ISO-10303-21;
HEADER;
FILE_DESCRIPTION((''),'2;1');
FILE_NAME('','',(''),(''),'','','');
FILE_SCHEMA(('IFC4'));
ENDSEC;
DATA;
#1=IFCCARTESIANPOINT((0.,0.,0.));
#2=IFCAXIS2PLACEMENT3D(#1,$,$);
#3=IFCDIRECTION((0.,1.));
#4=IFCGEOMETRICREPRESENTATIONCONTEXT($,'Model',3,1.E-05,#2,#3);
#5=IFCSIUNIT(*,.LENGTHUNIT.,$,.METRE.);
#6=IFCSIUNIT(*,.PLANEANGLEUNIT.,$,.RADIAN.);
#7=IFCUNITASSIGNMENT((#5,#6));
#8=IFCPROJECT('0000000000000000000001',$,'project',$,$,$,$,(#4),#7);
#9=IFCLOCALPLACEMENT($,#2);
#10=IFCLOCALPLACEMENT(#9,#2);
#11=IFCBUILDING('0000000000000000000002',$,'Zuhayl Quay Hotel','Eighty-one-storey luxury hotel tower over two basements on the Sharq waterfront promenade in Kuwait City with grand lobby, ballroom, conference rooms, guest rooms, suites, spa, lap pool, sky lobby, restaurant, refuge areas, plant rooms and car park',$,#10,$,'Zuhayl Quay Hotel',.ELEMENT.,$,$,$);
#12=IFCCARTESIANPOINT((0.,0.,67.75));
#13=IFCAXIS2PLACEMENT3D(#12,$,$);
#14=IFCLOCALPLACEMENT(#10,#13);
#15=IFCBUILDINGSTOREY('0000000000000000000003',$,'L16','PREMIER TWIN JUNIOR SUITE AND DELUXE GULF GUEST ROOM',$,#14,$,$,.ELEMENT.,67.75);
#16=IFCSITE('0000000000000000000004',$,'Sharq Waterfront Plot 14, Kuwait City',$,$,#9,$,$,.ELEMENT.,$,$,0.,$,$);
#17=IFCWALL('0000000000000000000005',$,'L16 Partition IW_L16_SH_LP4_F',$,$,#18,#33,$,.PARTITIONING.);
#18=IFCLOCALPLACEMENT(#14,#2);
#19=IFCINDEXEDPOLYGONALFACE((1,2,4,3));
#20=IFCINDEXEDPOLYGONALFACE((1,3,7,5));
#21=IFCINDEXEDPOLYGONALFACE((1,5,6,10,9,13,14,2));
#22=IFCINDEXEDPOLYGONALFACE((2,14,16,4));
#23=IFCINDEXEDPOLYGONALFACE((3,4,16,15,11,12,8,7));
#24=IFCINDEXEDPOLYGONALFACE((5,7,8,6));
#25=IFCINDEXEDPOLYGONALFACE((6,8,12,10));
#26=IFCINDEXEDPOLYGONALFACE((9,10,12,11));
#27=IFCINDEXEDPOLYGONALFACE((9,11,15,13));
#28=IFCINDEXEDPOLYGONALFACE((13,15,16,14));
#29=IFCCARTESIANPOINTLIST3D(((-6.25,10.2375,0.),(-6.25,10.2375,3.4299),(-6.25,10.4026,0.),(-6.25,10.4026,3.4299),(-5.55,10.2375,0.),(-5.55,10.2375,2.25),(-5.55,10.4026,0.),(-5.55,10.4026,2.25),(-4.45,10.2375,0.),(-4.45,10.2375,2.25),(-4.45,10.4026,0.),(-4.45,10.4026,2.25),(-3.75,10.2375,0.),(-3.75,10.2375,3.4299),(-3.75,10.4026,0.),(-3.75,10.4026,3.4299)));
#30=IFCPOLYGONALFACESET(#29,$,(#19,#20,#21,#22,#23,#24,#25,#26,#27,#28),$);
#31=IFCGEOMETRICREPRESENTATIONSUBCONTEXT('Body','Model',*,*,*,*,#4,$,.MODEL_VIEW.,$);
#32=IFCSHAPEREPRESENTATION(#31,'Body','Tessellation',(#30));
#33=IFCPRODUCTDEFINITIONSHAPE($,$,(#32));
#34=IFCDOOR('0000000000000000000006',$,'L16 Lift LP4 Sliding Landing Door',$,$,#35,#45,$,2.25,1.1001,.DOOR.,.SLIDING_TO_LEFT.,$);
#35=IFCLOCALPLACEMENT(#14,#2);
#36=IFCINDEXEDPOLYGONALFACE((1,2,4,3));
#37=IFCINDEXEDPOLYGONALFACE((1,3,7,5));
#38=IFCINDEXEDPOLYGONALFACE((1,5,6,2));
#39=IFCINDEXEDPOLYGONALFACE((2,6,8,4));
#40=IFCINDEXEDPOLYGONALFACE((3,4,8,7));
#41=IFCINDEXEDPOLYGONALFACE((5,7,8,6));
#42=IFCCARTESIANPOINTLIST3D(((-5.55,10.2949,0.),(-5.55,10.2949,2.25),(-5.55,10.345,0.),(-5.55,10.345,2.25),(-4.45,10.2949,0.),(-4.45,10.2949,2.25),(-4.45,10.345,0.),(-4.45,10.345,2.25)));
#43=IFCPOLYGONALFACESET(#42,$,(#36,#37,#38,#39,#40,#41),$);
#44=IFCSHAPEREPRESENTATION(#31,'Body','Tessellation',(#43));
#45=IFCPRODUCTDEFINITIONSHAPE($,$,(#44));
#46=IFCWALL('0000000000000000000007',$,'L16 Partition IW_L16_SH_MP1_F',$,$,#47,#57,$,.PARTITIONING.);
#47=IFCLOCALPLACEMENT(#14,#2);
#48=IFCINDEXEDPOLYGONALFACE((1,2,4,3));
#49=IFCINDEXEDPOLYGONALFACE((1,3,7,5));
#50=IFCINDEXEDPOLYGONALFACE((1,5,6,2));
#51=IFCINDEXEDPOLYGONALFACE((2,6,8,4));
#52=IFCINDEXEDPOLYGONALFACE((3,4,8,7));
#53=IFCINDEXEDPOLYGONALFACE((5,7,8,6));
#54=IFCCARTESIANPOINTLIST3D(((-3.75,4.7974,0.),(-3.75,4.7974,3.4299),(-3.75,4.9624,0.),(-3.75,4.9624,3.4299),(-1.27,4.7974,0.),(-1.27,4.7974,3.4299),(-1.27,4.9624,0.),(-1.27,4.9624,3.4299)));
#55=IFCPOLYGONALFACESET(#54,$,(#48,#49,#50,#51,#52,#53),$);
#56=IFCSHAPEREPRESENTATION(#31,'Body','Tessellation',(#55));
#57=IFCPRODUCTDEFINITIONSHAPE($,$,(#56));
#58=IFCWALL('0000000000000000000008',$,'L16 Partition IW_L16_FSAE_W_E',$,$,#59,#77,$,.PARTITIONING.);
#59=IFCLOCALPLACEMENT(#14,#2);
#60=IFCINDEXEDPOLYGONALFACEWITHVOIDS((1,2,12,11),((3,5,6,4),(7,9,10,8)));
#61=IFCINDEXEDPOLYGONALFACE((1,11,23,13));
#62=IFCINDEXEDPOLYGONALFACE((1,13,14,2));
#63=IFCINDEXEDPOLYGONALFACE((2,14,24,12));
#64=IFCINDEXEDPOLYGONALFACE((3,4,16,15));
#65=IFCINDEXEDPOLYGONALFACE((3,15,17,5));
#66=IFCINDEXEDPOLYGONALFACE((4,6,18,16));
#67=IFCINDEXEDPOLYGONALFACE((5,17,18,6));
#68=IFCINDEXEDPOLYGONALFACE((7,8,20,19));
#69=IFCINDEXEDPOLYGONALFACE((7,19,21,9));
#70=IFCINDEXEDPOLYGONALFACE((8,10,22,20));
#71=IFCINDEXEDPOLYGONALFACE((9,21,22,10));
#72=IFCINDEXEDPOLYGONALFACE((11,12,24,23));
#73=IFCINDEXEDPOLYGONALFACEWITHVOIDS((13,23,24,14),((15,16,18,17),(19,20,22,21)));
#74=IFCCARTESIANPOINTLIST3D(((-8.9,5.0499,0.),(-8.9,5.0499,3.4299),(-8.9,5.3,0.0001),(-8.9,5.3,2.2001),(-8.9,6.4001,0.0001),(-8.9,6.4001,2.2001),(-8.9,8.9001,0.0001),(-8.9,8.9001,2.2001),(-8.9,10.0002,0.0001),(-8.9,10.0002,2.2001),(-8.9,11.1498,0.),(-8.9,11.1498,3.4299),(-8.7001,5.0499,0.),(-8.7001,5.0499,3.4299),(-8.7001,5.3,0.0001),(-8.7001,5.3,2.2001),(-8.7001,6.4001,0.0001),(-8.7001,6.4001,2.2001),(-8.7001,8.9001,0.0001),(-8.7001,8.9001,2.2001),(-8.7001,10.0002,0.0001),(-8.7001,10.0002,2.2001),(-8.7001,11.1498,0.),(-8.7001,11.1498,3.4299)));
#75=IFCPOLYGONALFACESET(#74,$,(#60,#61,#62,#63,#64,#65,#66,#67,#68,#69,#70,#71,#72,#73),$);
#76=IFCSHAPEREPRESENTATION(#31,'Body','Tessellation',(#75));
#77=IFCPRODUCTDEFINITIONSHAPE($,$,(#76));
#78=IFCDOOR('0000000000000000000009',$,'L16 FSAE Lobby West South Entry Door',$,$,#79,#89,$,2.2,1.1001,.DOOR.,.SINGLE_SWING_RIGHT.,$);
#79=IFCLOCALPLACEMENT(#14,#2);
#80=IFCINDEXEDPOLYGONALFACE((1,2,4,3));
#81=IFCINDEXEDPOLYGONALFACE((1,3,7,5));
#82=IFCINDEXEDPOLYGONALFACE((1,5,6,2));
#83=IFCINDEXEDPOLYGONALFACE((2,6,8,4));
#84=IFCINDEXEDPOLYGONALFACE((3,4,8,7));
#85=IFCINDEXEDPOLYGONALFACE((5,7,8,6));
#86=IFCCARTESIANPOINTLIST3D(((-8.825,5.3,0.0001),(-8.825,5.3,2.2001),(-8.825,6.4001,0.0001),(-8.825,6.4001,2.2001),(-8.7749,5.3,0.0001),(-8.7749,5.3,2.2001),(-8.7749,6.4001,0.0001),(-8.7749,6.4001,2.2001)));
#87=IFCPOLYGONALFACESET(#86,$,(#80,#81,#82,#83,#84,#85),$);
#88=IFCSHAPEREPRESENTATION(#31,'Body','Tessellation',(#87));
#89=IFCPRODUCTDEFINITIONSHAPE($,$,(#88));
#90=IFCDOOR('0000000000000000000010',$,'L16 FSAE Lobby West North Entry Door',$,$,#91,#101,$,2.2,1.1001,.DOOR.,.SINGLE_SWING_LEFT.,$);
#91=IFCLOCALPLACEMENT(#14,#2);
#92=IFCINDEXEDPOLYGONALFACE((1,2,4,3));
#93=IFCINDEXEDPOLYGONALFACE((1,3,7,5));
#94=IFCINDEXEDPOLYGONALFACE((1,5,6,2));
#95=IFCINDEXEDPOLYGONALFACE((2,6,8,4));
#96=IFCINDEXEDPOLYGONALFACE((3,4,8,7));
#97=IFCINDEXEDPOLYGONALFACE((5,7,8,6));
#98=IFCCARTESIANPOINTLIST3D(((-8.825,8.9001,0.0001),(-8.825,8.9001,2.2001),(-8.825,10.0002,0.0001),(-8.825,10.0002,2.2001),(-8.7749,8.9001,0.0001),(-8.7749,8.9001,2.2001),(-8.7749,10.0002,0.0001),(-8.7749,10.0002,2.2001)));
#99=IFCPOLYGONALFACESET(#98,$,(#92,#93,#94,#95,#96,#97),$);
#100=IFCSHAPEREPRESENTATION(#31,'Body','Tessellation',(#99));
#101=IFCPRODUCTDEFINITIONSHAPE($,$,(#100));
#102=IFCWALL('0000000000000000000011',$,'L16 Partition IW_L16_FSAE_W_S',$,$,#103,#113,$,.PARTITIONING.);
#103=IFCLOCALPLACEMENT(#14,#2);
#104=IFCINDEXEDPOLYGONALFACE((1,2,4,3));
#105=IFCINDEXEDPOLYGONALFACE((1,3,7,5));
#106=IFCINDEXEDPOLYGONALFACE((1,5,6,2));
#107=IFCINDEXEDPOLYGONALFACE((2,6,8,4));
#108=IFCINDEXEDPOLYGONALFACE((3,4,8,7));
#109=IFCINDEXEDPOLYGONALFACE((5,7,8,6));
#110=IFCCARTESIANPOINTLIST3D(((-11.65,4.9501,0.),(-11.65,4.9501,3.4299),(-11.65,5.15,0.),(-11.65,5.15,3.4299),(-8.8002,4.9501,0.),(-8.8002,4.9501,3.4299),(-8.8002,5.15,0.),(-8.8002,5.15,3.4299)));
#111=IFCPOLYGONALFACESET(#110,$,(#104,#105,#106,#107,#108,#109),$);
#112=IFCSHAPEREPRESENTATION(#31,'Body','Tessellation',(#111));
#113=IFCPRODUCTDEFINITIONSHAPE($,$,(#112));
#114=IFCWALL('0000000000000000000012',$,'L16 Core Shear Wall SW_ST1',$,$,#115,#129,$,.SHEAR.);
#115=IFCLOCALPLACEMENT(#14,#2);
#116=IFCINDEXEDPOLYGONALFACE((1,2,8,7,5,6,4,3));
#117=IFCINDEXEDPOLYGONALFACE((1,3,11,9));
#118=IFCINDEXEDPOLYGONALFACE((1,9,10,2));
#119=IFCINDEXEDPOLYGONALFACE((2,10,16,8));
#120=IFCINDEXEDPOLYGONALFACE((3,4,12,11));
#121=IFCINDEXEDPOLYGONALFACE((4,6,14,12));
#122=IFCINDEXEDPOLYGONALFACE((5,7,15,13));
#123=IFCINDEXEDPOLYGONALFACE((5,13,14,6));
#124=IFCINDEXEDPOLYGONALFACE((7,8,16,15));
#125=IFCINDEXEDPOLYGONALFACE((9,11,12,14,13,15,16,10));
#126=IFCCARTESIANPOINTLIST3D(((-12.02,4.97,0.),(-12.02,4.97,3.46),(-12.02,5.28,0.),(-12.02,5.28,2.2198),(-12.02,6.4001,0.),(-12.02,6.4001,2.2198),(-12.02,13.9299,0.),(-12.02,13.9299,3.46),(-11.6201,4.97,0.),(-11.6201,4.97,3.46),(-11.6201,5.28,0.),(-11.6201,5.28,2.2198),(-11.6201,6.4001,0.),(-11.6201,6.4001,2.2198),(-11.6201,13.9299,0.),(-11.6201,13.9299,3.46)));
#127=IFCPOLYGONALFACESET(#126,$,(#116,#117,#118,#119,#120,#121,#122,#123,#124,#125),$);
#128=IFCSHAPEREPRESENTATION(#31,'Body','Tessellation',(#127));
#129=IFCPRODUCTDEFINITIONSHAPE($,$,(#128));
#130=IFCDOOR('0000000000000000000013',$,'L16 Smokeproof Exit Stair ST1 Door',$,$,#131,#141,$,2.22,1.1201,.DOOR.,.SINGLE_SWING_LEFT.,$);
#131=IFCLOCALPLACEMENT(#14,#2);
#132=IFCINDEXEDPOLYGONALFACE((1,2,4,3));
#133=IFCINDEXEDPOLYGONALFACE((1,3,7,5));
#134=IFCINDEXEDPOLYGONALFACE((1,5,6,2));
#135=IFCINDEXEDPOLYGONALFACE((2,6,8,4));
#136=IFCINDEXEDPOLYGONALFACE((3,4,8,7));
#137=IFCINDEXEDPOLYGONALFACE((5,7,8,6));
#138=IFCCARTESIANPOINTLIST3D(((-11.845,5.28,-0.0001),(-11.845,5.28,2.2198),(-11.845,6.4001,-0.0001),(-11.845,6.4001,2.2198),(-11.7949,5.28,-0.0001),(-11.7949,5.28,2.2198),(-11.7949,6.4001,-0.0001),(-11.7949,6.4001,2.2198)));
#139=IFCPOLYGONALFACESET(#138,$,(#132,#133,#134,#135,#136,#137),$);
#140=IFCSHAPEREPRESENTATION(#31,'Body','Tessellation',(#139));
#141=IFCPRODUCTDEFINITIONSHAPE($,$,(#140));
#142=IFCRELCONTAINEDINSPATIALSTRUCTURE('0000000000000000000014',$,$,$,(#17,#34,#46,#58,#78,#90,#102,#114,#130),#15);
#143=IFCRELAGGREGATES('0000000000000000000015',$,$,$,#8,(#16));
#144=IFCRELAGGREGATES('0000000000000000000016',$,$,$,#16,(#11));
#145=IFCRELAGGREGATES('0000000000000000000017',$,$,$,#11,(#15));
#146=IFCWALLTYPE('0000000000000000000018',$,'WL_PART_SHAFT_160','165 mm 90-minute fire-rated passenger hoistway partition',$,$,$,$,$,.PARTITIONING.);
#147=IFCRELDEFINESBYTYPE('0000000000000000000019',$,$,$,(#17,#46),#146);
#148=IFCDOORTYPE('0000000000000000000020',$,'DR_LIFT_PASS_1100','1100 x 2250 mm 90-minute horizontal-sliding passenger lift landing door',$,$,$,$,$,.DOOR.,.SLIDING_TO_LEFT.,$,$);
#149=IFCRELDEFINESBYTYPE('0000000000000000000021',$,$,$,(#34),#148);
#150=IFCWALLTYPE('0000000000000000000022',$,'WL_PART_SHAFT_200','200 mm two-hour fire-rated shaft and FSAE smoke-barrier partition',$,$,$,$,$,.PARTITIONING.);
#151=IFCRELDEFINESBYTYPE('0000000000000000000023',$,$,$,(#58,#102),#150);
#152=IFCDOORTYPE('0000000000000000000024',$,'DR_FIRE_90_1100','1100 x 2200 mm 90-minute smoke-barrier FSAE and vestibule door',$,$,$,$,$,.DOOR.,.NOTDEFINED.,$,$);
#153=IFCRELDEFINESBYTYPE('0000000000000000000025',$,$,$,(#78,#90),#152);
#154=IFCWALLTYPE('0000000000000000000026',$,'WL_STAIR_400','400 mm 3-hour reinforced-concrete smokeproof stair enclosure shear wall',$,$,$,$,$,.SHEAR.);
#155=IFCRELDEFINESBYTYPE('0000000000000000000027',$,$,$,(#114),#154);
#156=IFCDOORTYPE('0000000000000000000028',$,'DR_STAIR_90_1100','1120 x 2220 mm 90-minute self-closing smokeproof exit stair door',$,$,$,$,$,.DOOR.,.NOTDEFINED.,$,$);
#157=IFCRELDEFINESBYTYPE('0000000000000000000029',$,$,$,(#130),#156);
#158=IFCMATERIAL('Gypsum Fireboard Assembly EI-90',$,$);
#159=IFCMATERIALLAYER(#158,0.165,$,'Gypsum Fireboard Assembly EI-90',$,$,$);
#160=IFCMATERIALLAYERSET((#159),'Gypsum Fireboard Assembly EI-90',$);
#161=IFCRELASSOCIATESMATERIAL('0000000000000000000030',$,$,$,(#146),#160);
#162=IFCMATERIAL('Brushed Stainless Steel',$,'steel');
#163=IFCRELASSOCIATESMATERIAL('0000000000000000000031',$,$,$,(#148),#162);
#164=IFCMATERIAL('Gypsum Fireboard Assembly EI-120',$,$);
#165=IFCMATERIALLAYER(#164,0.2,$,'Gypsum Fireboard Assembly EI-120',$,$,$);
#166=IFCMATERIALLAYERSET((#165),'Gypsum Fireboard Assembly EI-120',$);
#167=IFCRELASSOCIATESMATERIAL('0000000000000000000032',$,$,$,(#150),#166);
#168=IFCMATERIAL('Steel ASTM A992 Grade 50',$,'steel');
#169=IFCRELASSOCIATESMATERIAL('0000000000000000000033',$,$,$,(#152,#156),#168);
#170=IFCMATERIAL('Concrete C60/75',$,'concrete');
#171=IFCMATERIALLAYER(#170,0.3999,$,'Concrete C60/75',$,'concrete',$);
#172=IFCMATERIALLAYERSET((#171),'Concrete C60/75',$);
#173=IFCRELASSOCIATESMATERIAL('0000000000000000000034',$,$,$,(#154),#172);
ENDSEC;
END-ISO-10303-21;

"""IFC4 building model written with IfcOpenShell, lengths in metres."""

from ifc_helpers import new_model, si_unit, direction, frame, frame_2d, origin, place, context, subcontext, project, spatial, rectangle, extrude, material, layer, layer_set, type_object, element, fill, save


model = new_model("IFC4")

# Units and contexts
model_context = context("Model", 3, precision=1e-05, world=origin(), true_north=direction((0.0, 1.0)))
body_context = subcontext(model_context, "Body", "Model", "MODEL_VIEW")
ifc_project = project(units=[si_unit("LENGTHUNIT", "METRE"), si_unit("PLANEANGLEUNIT", "RADIAN")], contexts=[model_context])

# Site, building, storey
site_placement = place(None, origin())
site = spatial("IfcSite", under=ifc_project, at=site_placement, Name="Sharq Waterfront Plot 14, Kuwait City", CompositionType="ELEMENT", RefElevation=0.0)
building_placement = place(site_placement, origin())
building = spatial("IfcBuilding", under=site, at=building_placement, Name="Zuhayl Quay Hotel", Description="Eighty-one-storey luxury hotel tower over two basements on the Sharq waterfront promenade in Kuwait City with grand lobby, ballroom, conference rooms, guest rooms, suites, spa, lap pool, sky lobby, restaurant, refuge areas, plant rooms and car park", LongName="Zuhayl Quay Hotel", CompositionType="ELEMENT")
storey_placement = place(building_placement, frame((0.0, 0.0, 67.75)))
storey = spatial("IfcBuildingStorey", under=building, at=storey_placement, Name="L16", Description="PREMIER TWIN JUNIOR SUITE AND DELUXE GULF GUEST ROOM", CompositionType="ELEMENT", Elevation=67.75)

# Shared definitions
ifc_material_1 = material(Name="Steel ASTM A992 Grade 50", Category="steel")

# Wall, opening, door
ifc_material_2 = material(Name="Gypsum Fireboard Assembly EI-90")
ifc_layer_1 = layer(ifc_material_2, 0.165, Name="Gypsum Fireboard Assembly EI-90")
ifc_layer_set_1 = layer_set([ifc_layer_1], Name="Gypsum Fireboard Assembly EI-90")
wall_type_1 = type_object("IfcWallType", Name="WL_PART_SHAFT_160", Description="165 mm 90-minute fire-rated passenger hoistway partition", PredefinedType="PARTITIONING", material=ifc_layer_set_1)
ifc_material_3 = material(Name="Brushed Stainless Steel", Category="steel")
door_type_1 = type_object("IfcDoorType", Name="DR_LIFT_PASS_1100", Description="1100 x 2250 mm 90-minute horizontal-sliding passenger lift landing door", OperationType="SLIDING_TO_LEFT", PredefinedType="DOOR", material=ifc_material_3)
wall_1_placement = place(storey_placement, frame((-6.25, 10.3201, 0.0), z_axis=(0.0, 0.0, 1.0), x_axis=(1.0, 0.0, 0.0)))
wall_1 = element("IfcWall", 1, at=wall_1_placement, inside=storey, type_object=wall_type_1, Name="L16 Partition IW_L16_SH_LP4_F", PredefinedType="PARTITIONING", context=body_context, shape_type="SweptSolid", body=[
    extrude(rectangle(XDim=2.5, YDim=0.165, at=frame_2d((1.25, 0.0))), origin(), (0.0, 0.0, 1.0), 3.4299),
])
opening_1_placement = place(wall_1_placement, frame((0.7, 0.0, 0.0)))
opening_1 = element("IfcOpeningElement", 2, at=opening_1_placement, cuts=wall_1, PredefinedType="OPENING", context=body_context, shape_type="SweptSolid", body=[
    extrude(rectangle(XDim=1.1001, YDim=2.25, at=frame_2d((0.55, 1.125))), frame((0.0, 0.0925, 0.0), z_axis=(0.0, -1.0, 0.0), x_axis=(1.0, 0.0, 0.0)), (0.0, 0.0, 1.0), 0.1851),
])
door_1_placement = place(opening_1_placement, origin())
door_1 = element("IfcDoor", 3, at=door_1_placement, inside=storey, type_object=door_type_1, Name="L16 Lift LP4 Sliding Landing Door", OperationType="SLIDING_TO_LEFT", OverallHeight=2.25, OverallWidth=1.1001, PredefinedType="DOOR", context=body_context, shape_type="SweptSolid", body=[
    extrude(rectangle(XDim=1.1001, YDim=2.25, at=frame_2d((0.55, 1.125))), frame((0.0, 0.0249, 0.0), z_axis=(0.0, -1.0, 0.0), x_axis=(1.0, 0.0, 0.0)), (0.0, 0.0, 1.0), 0.05),
])
fill(opening_1, door_1)

# Wall
wall_2_placement = place(storey_placement, frame((-3.75, 4.8799, 0.0), z_axis=(0.0, 0.0, 1.0), x_axis=(1.0, 0.0, 0.0)))
element("IfcWall", 4, at=wall_2_placement, inside=storey, type_object=wall_type_1, Name="L16 Partition IW_L16_SH_MP1_F", PredefinedType="PARTITIONING", context=body_context, shape_type="SweptSolid", body=[
    extrude(rectangle(XDim=2.48, YDim=0.165, at=frame_2d((1.24, 0.0))), origin(), (0.0, 0.0, 1.0), 3.4299),
])

# Wall, openings, doors
ifc_material_4 = material(Name="Gypsum Fireboard Assembly EI-120")
ifc_layer_2 = layer(ifc_material_4, 0.2, Name="Gypsum Fireboard Assembly EI-120")
ifc_layer_set_2 = layer_set([ifc_layer_2], Name="Gypsum Fireboard Assembly EI-120")
wall_type_2 = type_object("IfcWallType", Name="WL_PART_SHAFT_200", Description="200 mm two-hour fire-rated shaft and FSAE smoke-barrier partition", PredefinedType="PARTITIONING", material=ifc_layer_set_2)
wall_3_placement = place(storey_placement, frame((-8.8, 5.05, 0.0), z_axis=(0.0, 0.0, 1.0), x_axis=(0.0, 1.0, 0.0)))
wall_3 = element("IfcWall", 5, at=wall_3_placement, inside=storey, type_object=wall_type_2, Name="L16 Partition IW_L16_FSAE_W_E", PredefinedType="PARTITIONING", context=body_context, shape_type="SweptSolid", body=[
    extrude(rectangle(XDim=6.0999, YDim=0.2, at=frame_2d((3.0498, 0.0))), origin(), (0.0, 0.0, 1.0), 3.4299),
])
opening_2_placement = place(wall_3_placement, frame((0.25, 0.0, 0.0)))
opening_2 = element("IfcOpeningElement", 6, at=opening_2_placement, cuts=wall_3, PredefinedType="OPENING", context=body_context, shape_type="SweptSolid", body=[
    extrude(rectangle(XDim=1.1001, YDim=2.2, at=frame_2d((0.55, 1.1001))), frame((0.0, 0.1099, 0.0), z_axis=(0.0, -1.0, 0.0), x_axis=(1.0, 0.0, 0.0)), (0.0, 0.0, 1.0), 0.22),
])
opening_3_placement = place(wall_3_placement, frame((3.8501, 0.0, 0.0)))
opening_3 = element("IfcOpeningElement", 7, at=opening_3_placement, cuts=wall_3, PredefinedType="OPENING", context=body_context, shape_type="SweptSolid", body=[
    extrude(rectangle(XDim=1.1001, YDim=2.2, at=frame_2d((0.55, 1.1001))), frame((0.0, 0.1099, 0.0), z_axis=(0.0, -1.0, 0.0), x_axis=(1.0, 0.0, 0.0)), (0.0, 0.0, 1.0), 0.22),
])
door_type_2 = type_object("IfcDoorType", Name="DR_FIRE_90_1100", Description="1100 x 2200 mm 90-minute smoke-barrier FSAE and vestibule door", OperationType="NOTDEFINED", PredefinedType="DOOR", material=ifc_material_1)
door_2_placement = place(opening_2_placement, origin())
door_2 = element("IfcDoor", 8, at=door_2_placement, inside=storey, type_object=door_type_2, Name="L16 FSAE Lobby West South Entry Door", OperationType="SINGLE_SWING_RIGHT", OverallHeight=2.2, OverallWidth=1.1001, PredefinedType="DOOR", context=body_context, shape_type="SweptSolid", body=[
    extrude(rectangle(XDim=1.1001, YDim=2.2, at=frame_2d((0.55, 1.1001))), frame((0.0, 0.0249, 0.0), z_axis=(0.0, -1.0, 0.0), x_axis=(1.0, 0.0, 0.0)), (0.0, 0.0, 1.0), 0.05),
])
fill(opening_2, door_2)
door_3_placement = place(opening_3_placement, origin())
door_3 = element("IfcDoor", 9, at=door_3_placement, inside=storey, type_object=door_type_2, Name="L16 FSAE Lobby West North Entry Door", OperationType="SINGLE_SWING_LEFT", OverallHeight=2.2, OverallWidth=1.1001, PredefinedType="DOOR", context=body_context, shape_type="SweptSolid", body=[
    extrude(rectangle(XDim=1.1001, YDim=2.2, at=frame_2d((0.55, 1.1001))), frame((0.0, 0.0249, 0.0), z_axis=(0.0, -1.0, 0.0), x_axis=(1.0, 0.0, 0.0)), (0.0, 0.0, 1.0), 0.05),
])
fill(opening_3, door_3)

# Wall
wall_4_placement = place(storey_placement, frame((-11.6499, 5.05, 0.0), z_axis=(0.0, 0.0, 1.0), x_axis=(1.0, 0.0, 0.0)))
element("IfcWall", 10, at=wall_4_placement, inside=storey, type_object=wall_type_2, Name="L16 Partition IW_L16_FSAE_W_S", PredefinedType="PARTITIONING", context=body_context, shape_type="SweptSolid", body=[
    extrude(rectangle(XDim=2.8499, YDim=0.2, at=frame_2d((1.4248, 0.0))), origin(), (0.0, 0.0, 1.0), 3.4299),
])

# Wall, opening, door
ifc_material_5 = material(Name="Concrete C60/75", Category="concrete")
ifc_layer_3 = layer(ifc_material_5, 0.3999, Name="Concrete C60/75", Category="concrete")
ifc_layer_set_3 = layer_set([ifc_layer_3], Name="Concrete C60/75")
wall_type_3 = type_object("IfcWallType", Name="WL_STAIR_400", Description="400 mm 3-hour reinforced-concrete smokeproof stair enclosure shear wall", PredefinedType="SHEAR", material=ifc_layer_set_3)
wall_5_placement = place(storey_placement, frame((-11.8201, 4.97, 0.0), z_axis=(0.0, 0.0, 1.0), x_axis=(0.0, 1.0, 0.0)))
wall_5 = element("IfcWall", 11, at=wall_5_placement, inside=storey, type_object=wall_type_3, Name="L16 Core Shear Wall SW_ST1", PredefinedType="SHEAR", context=body_context, shape_type="SweptSolid", body=[
    extrude(rectangle(XDim=8.96, YDim=0.3999, at=frame_2d((4.48, 0.0))), origin(), (0.0, 0.0, 1.0), 3.46),
])
opening_4_placement = place(wall_5_placement, frame((0.3101, 0.0, 0.0)))
opening_4 = element("IfcOpeningElement", 12, at=opening_4_placement, cuts=wall_5, PredefinedType="OPENING", context=body_context, shape_type="SweptSolid", body=[
    extrude(rectangle(XDim=1.1201, YDim=2.22, at=frame_2d((0.5601, 1.1099))), frame((0.0, 0.21, 0.0), z_axis=(0.0, -1.0, 0.0), x_axis=(1.0, 0.0, 0.0)), (0.0, 0.0, 1.0), 0.4199),
])
door_type_3 = type_object("IfcDoorType", Name="DR_STAIR_90_1100", Description="1120 x 2220 mm 90-minute self-closing smokeproof exit stair door", OperationType="NOTDEFINED", PredefinedType="DOOR", material=ifc_material_1)
door_4_placement = place(opening_4_placement, origin())
door_4 = element("IfcDoor", 13, at=door_4_placement, inside=storey, type_object=door_type_3, Name="L16 Smokeproof Exit Stair ST1 Door", OperationType="SINGLE_SWING_LEFT", OverallHeight=2.22, OverallWidth=1.1201, PredefinedType="DOOR", context=body_context, shape_type="SweptSolid", body=[
    extrude(rectangle(XDim=1.1201, YDim=2.22, at=frame_2d((0.5601, 1.1099))), frame((0.0, 0.0249, 0.0), z_axis=(0.0, -1.0, 0.0), x_axis=(1.0, 0.0, 0.0)), (0.0, 0.0, 1.0), 0.05),
])
fill(opening_4, door_4)

save(model, "model.ifc")
